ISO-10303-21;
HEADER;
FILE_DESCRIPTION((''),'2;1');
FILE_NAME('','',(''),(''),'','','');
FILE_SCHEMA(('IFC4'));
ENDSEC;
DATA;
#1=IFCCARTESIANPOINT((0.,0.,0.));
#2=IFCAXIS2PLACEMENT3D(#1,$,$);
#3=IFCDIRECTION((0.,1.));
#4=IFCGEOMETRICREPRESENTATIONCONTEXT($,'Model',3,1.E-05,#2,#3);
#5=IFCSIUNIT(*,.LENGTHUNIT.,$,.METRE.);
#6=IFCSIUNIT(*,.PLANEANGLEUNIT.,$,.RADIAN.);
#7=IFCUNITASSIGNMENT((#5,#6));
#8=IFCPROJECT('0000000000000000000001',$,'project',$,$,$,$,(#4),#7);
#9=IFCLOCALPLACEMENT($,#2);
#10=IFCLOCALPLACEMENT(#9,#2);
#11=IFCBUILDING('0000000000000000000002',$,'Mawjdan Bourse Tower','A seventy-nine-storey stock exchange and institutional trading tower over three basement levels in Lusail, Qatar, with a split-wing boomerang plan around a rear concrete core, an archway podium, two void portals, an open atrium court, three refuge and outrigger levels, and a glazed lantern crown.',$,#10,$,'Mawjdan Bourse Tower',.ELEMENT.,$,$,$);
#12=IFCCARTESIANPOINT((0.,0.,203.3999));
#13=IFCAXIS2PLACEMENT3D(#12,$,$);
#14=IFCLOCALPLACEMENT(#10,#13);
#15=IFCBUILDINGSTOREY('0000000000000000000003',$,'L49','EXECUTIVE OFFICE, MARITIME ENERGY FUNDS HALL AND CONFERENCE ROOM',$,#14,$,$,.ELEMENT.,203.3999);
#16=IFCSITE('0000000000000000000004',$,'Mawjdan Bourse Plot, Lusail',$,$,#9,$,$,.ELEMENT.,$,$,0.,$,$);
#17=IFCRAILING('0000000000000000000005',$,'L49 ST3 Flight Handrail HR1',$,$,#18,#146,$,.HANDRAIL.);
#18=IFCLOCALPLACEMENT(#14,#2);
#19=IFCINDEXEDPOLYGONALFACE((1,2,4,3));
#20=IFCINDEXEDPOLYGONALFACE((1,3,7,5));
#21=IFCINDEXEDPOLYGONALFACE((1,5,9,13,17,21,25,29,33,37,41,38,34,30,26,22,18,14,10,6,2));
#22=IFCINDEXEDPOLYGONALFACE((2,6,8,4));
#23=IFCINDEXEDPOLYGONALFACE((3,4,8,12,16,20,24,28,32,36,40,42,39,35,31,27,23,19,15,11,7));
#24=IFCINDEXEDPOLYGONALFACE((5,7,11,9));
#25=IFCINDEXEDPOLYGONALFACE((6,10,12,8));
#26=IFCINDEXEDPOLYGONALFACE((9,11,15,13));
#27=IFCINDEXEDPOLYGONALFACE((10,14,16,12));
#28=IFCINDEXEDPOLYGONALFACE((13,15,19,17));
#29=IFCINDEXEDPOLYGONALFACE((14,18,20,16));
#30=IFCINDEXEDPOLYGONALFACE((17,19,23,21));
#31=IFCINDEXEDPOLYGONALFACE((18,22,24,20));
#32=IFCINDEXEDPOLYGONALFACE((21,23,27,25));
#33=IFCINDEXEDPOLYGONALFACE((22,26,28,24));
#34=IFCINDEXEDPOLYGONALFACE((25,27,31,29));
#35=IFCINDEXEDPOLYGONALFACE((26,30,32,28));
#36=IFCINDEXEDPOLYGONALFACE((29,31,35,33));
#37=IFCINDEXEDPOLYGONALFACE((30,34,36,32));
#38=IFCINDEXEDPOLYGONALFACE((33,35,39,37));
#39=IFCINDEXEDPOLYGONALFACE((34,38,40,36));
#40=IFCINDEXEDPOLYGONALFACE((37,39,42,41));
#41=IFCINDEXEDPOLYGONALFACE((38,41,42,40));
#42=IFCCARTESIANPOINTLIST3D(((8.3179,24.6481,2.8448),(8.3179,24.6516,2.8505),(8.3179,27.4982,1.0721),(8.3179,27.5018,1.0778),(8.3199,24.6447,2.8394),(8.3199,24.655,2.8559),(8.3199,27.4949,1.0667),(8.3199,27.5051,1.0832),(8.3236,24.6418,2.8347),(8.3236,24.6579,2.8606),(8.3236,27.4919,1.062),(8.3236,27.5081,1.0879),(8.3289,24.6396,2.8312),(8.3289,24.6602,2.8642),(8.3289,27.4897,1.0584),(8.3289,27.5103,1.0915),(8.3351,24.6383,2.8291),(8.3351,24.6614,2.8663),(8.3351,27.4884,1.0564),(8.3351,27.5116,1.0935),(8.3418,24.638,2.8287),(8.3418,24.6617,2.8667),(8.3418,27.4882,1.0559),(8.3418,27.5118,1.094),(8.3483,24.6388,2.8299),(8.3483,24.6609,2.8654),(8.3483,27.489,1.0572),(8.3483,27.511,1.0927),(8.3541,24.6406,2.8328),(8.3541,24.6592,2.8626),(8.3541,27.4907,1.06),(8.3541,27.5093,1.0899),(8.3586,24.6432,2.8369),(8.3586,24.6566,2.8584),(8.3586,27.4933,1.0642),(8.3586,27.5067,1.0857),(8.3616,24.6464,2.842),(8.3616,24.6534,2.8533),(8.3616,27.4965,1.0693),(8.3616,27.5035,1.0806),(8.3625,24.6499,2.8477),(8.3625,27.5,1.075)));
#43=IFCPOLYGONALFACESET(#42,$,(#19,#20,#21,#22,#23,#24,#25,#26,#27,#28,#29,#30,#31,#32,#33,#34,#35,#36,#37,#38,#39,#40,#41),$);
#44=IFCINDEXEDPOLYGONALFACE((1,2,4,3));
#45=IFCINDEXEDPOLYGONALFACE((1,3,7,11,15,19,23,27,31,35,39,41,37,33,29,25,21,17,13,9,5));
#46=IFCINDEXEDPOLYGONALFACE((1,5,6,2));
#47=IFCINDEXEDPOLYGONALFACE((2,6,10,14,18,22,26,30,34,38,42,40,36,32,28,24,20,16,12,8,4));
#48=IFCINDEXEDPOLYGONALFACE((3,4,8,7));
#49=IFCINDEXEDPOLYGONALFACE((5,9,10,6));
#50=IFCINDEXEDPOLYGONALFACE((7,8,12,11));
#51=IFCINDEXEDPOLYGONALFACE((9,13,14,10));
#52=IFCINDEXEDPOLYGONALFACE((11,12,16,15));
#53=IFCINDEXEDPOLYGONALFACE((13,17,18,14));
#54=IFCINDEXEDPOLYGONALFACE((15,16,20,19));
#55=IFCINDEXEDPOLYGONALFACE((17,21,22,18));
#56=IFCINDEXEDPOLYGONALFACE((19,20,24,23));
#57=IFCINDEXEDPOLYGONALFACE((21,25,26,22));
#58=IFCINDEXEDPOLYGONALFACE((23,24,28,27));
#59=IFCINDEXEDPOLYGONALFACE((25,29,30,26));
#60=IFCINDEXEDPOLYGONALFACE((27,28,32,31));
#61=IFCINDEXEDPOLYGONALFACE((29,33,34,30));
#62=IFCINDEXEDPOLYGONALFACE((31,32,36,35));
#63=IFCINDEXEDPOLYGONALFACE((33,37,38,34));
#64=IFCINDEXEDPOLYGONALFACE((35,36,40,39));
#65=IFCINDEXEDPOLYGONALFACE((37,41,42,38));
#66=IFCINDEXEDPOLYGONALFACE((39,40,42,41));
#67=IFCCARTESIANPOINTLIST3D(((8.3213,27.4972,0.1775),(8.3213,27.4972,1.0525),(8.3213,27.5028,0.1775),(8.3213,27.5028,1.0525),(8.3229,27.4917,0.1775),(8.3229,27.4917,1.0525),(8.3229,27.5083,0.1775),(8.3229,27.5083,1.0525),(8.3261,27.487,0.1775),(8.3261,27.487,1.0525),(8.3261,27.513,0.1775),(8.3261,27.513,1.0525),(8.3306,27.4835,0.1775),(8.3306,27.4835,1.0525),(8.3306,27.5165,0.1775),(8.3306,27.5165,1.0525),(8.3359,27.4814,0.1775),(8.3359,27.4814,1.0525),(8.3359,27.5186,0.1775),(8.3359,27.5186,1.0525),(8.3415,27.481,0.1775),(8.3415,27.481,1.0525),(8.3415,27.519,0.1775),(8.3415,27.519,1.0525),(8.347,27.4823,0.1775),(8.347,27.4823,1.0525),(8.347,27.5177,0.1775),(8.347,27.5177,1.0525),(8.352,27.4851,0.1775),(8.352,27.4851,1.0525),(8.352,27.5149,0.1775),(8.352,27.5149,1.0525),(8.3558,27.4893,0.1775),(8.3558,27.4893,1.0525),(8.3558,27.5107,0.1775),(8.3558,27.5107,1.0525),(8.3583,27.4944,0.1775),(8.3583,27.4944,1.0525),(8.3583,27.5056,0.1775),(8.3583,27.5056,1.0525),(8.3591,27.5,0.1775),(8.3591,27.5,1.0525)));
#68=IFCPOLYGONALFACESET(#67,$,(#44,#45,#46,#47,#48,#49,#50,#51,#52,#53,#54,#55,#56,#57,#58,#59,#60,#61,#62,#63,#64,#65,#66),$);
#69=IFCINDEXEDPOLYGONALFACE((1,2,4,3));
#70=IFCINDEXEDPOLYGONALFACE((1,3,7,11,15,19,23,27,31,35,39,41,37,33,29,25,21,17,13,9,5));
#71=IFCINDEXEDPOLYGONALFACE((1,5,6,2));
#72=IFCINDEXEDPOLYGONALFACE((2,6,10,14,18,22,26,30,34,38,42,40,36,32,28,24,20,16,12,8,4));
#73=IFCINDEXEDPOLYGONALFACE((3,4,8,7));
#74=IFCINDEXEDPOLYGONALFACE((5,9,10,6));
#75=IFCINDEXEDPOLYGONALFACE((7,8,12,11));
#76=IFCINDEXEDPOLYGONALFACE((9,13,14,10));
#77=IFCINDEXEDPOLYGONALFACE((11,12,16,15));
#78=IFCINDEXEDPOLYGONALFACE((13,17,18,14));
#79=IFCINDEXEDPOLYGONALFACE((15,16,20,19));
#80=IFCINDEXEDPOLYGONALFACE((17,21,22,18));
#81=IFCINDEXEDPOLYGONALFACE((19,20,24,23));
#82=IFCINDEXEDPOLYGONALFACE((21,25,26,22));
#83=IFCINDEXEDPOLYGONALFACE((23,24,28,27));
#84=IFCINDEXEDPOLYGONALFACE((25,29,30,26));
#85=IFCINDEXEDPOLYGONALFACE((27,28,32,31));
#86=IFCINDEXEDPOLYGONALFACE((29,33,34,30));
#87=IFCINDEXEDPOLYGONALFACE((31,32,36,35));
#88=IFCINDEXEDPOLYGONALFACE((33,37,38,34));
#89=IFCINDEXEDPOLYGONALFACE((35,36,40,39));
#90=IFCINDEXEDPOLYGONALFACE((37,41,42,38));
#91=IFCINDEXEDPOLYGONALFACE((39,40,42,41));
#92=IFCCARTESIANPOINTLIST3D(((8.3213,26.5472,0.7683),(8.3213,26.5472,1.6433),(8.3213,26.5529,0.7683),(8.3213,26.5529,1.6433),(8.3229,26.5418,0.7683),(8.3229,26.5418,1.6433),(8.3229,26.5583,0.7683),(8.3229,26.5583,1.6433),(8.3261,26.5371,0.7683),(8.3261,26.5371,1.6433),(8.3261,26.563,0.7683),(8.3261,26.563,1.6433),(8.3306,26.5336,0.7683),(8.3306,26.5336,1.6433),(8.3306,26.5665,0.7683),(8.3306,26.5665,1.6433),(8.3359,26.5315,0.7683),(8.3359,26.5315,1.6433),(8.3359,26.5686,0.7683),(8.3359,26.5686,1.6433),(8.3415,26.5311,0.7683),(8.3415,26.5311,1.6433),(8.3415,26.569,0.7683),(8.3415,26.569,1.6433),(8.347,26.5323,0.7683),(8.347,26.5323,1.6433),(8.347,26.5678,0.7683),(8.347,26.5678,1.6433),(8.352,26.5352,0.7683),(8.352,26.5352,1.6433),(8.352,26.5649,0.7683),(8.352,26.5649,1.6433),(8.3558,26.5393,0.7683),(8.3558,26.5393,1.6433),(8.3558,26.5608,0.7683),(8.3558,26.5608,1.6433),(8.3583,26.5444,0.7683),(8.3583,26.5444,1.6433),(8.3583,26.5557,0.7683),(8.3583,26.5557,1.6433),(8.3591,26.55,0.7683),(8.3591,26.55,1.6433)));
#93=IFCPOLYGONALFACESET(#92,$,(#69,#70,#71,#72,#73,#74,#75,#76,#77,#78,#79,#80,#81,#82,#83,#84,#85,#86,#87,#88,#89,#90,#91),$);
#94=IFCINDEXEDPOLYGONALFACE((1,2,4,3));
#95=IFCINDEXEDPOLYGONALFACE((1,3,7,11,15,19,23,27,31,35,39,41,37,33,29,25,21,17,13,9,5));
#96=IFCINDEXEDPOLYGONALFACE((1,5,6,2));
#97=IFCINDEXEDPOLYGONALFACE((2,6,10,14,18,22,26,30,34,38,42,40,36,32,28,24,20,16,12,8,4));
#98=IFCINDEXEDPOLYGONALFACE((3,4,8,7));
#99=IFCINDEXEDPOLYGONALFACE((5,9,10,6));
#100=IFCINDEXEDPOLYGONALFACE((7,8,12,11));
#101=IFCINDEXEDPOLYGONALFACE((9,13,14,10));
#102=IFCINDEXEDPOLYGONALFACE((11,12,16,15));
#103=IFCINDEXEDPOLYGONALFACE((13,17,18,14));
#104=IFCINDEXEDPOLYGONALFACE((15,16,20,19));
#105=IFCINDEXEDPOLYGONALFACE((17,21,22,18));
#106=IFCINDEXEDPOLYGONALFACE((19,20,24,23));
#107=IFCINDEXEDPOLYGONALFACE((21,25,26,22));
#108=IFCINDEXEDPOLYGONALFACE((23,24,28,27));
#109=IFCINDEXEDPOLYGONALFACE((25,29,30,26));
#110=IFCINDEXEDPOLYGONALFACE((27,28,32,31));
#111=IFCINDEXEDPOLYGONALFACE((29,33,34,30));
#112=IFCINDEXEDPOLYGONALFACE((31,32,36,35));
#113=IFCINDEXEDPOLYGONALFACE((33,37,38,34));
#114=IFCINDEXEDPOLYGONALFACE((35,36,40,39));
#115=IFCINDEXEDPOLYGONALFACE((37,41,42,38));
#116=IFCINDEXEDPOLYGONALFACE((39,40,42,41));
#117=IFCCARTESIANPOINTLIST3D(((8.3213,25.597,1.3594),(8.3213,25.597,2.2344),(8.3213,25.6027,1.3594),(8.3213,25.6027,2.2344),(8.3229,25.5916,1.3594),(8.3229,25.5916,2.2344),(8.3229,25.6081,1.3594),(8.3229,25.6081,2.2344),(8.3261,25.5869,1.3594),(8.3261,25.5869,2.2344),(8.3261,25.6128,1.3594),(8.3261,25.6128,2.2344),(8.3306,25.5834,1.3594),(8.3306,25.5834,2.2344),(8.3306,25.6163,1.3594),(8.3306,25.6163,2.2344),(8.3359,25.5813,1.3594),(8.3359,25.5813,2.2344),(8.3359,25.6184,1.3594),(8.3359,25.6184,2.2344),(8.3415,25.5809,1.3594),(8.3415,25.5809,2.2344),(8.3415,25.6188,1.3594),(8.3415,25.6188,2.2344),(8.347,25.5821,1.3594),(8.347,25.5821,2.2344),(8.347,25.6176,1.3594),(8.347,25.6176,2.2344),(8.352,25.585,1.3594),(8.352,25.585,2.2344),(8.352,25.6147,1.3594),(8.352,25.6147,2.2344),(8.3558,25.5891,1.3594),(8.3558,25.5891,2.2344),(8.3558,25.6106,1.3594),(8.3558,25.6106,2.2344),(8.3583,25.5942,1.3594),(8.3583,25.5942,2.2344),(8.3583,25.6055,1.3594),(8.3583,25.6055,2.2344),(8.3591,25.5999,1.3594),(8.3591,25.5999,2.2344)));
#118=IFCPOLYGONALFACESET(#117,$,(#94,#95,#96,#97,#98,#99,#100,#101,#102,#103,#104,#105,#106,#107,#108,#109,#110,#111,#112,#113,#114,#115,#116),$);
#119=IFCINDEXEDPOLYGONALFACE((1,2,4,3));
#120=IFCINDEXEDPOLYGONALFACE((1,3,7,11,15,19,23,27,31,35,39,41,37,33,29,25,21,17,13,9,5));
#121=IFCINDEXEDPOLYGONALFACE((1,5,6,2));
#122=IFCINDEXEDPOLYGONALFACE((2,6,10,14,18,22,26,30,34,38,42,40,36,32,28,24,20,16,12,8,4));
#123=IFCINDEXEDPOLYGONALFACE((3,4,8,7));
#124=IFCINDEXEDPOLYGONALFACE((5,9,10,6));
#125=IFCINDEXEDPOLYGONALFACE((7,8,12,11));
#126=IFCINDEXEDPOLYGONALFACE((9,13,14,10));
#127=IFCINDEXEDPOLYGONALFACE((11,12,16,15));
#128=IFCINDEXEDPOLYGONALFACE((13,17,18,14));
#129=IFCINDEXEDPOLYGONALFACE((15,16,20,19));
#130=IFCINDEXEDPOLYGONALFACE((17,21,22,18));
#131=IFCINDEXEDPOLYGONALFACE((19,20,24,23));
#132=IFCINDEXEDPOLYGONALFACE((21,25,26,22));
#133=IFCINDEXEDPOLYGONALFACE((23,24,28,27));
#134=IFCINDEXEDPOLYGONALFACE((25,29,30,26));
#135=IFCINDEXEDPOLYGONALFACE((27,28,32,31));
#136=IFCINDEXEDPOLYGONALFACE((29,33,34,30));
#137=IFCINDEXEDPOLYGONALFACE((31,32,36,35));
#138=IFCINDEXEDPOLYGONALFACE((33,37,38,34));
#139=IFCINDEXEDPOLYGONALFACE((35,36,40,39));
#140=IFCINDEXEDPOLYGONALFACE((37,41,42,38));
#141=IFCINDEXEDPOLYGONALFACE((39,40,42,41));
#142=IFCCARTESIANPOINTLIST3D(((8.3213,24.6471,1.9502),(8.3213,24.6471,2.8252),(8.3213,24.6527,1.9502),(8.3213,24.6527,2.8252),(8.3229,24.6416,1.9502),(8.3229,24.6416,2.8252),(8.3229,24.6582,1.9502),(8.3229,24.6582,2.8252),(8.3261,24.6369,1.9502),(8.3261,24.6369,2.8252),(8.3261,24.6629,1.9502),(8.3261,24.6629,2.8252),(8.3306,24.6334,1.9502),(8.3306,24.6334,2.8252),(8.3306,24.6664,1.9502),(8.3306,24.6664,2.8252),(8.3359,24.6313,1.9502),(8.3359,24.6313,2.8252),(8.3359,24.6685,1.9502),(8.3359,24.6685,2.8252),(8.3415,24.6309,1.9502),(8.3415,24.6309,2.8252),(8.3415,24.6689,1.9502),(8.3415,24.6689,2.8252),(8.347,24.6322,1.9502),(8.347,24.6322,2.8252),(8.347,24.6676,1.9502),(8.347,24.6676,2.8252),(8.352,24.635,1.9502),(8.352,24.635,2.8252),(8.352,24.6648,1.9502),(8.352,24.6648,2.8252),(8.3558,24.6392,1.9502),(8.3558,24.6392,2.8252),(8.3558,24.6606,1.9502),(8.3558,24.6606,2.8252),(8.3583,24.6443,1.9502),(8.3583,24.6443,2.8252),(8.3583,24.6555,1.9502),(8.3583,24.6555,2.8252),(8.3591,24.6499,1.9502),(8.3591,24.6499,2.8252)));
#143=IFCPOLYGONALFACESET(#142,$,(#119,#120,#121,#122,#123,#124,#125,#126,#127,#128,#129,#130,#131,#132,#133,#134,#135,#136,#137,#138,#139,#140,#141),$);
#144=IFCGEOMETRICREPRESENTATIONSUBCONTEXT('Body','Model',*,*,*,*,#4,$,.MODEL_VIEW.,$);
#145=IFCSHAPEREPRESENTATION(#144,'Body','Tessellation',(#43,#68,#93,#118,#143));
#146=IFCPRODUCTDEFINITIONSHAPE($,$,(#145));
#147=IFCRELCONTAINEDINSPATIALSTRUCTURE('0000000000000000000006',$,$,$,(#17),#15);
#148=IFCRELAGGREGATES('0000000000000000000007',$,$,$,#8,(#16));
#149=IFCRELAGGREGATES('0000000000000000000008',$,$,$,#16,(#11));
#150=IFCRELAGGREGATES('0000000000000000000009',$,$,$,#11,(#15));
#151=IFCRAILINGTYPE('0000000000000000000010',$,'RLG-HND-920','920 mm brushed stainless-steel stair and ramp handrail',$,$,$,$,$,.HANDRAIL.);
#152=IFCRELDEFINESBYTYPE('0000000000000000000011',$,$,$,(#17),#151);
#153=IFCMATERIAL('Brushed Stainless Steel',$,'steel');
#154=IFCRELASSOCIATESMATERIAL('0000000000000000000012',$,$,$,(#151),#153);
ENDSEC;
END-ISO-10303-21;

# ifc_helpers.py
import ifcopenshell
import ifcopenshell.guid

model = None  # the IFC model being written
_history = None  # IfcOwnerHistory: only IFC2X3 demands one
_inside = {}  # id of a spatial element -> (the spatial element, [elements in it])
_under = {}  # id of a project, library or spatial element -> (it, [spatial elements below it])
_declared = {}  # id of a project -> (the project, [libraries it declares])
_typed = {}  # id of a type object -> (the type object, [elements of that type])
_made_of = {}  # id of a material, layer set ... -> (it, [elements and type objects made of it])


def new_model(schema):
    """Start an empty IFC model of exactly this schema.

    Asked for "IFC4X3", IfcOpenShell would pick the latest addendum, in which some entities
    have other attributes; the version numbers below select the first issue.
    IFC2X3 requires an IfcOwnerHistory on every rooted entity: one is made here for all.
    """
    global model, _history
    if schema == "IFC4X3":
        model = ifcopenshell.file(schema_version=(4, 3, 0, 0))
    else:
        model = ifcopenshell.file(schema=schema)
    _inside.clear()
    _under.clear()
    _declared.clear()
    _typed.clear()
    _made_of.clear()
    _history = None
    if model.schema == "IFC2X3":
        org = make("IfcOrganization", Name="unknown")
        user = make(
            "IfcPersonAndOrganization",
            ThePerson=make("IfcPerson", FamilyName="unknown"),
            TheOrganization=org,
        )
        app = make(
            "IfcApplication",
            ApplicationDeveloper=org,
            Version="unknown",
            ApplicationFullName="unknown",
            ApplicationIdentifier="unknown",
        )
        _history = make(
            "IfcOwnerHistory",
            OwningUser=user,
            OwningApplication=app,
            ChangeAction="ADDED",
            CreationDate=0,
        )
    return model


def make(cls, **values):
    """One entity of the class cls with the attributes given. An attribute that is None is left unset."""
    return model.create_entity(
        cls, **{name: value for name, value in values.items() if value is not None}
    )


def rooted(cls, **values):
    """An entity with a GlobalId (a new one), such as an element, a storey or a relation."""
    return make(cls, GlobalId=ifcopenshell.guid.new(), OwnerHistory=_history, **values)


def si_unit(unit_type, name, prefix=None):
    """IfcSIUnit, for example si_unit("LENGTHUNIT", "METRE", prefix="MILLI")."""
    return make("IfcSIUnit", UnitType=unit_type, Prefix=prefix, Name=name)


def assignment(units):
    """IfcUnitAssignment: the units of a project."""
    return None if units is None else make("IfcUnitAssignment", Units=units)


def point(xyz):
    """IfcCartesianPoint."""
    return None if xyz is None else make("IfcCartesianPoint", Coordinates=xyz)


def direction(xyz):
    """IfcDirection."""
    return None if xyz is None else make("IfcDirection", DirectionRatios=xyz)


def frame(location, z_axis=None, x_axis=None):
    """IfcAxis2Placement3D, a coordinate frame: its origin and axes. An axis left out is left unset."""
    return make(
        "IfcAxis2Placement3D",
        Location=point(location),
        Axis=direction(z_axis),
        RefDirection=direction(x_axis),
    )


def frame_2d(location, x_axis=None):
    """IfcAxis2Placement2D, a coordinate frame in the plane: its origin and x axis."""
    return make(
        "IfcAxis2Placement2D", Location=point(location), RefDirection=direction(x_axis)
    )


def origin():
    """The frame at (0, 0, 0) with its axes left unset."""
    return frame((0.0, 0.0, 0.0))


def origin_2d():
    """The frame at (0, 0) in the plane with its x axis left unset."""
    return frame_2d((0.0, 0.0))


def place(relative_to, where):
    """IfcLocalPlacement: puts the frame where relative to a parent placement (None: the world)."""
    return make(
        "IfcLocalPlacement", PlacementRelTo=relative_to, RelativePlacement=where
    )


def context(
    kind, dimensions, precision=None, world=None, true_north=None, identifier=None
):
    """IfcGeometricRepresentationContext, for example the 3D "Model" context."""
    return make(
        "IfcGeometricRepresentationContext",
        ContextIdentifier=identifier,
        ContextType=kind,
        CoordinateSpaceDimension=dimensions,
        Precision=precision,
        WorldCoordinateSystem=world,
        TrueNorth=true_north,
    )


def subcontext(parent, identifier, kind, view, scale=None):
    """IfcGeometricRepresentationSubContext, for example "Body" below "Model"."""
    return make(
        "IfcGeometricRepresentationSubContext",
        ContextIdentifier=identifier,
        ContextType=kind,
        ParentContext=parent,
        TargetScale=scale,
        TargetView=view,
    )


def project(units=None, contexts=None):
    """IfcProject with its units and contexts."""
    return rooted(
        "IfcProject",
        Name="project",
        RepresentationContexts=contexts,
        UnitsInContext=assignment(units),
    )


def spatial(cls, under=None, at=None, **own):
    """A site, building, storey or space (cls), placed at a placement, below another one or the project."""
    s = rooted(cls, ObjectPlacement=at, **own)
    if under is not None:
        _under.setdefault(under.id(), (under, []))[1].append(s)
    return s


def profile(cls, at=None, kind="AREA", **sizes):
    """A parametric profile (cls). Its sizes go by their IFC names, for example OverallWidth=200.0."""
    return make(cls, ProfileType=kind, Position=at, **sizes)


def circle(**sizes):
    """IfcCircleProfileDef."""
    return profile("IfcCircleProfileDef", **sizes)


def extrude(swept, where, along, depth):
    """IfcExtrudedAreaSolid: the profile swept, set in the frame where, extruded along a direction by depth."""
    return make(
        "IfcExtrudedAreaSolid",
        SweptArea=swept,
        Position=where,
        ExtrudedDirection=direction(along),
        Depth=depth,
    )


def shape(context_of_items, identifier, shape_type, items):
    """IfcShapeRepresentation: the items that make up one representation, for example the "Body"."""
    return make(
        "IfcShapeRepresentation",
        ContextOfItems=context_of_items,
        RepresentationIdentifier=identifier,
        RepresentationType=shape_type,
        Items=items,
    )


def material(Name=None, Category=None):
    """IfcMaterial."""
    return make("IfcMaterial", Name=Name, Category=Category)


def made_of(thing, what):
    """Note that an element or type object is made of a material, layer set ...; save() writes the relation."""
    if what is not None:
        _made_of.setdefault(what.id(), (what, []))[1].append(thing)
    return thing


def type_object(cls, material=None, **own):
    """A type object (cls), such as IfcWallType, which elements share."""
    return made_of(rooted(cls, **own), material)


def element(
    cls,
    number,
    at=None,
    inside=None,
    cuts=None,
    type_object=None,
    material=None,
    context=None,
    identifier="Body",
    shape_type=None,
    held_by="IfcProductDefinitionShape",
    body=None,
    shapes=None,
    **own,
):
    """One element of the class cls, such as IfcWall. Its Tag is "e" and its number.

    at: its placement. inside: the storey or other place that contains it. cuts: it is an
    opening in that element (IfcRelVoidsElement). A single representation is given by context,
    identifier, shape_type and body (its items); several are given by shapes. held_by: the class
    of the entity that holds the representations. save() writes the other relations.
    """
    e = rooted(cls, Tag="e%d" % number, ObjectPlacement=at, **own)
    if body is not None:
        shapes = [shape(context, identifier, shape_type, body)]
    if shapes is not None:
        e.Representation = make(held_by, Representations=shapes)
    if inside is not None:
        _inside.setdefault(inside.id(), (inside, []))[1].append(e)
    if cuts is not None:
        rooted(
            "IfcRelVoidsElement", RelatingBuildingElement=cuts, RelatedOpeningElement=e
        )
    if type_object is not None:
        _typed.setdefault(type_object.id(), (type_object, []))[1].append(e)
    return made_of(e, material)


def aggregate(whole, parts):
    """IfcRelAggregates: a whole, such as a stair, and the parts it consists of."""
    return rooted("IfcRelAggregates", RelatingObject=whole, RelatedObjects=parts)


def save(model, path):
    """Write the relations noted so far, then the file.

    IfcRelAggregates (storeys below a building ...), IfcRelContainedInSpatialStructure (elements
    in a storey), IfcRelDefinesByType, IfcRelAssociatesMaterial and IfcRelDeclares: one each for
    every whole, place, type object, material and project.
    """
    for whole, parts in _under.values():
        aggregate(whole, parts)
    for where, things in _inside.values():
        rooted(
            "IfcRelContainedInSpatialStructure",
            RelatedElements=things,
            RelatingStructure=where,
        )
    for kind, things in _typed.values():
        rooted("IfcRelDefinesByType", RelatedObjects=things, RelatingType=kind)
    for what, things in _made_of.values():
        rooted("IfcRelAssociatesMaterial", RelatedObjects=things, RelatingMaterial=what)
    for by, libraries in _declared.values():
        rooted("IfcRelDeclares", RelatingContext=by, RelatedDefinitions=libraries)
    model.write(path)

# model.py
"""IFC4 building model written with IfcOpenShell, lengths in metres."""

from ifc_helpers import new_model, si_unit, direction, frame, origin, origin_2d, place, context, subcontext, project, spatial, circle, extrude, material, type_object, element, save


model = new_model("IFC4")

# Units and contexts
model_context = context("Model", 3, precision=1e-05, world=origin(), true_north=direction((0.0, 1.0)))
body_context = subcontext(model_context, "Body", "Model", "MODEL_VIEW")
ifc_project = project(units=[si_unit("LENGTHUNIT", "METRE"), si_unit("PLANEANGLEUNIT", "RADIAN")], contexts=[model_context])

# Site, building, storey
site_placement = place(None, origin())
site = spatial("IfcSite", under=ifc_project, at=site_placement, Name="Mawjdan Bourse Plot, Lusail", CompositionType="ELEMENT", RefElevation=0.0)
building_placement = place(site_placement, origin())
building = spatial("IfcBuilding", under=site, at=building_placement, Name="Mawjdan Bourse Tower", Description="A seventy-nine-storey stock exchange and institutional trading tower over three basement levels in Lusail, Qatar, with a split-wing boomerang plan around a rear concrete core, an archway podium, two void portals, an open atrium court, three refuge and outrigger levels, and a glazed lantern crown.", LongName="Mawjdan Bourse Tower", CompositionType="ELEMENT")
storey_placement = place(building_placement, frame((0.0, 0.0, 203.3999)))
storey = spatial("IfcBuildingStorey", under=building, at=storey_placement, Name="L49", Description="EXECUTIVE OFFICE, MARITIME ENERGY FUNDS HALL AND CONFERENCE ROOM", CompositionType="ELEMENT", Elevation=203.3999)

# Railing
ifc_material_1 = material(Name="Brushed Stainless Steel", Category="steel")
railing_type_1 = type_object("IfcRailingType", Name="RLG-HND-920", Description="920 mm brushed stainless-steel stair and ramp handrail", PredefinedType="HANDRAIL", material=ifc_material_1)
railing_placement = place(storey_placement, frame((8.3401, 27.5, 0.1775)))
element("IfcRailing", 1, at=railing_placement, inside=storey, type_object=railing_type_1, Name="L49 ST3 Flight Handrail HR1", PredefinedType="HANDRAIL", context=body_context, shape_type="SweptSolid", body=[
    extrude(circle(Radius=0.0225, at=origin_2d()), frame((0.0, 0.0, 0.8975), z_axis=(0.0, -0.849149, 0.528154), x_axis=(1.0, 0.0, 0.0)), (0.0, 0.0, 1.0), 3.3564),
    extrude(circle(Radius=0.019, at=origin_2d()), origin(), (0.0, 0.0, 1.0), 0.875),
    extrude(circle(Radius=0.019, at=origin_2d()), frame((0.0, -0.95, 0.5908)), (0.0, 0.0, 1.0), 0.875),
    extrude(circle(Radius=0.019, at=origin_2d()), frame((0.0, -1.9001, 1.1819)), (0.0, 0.0, 1.0), 0.875),
    extrude(circle(Radius=0.019, at=origin_2d()), frame((0.0, -2.8501, 1.7727)), (0.0, 0.0, 1.0), 0.875),
])

save(model, "model.ifc")
